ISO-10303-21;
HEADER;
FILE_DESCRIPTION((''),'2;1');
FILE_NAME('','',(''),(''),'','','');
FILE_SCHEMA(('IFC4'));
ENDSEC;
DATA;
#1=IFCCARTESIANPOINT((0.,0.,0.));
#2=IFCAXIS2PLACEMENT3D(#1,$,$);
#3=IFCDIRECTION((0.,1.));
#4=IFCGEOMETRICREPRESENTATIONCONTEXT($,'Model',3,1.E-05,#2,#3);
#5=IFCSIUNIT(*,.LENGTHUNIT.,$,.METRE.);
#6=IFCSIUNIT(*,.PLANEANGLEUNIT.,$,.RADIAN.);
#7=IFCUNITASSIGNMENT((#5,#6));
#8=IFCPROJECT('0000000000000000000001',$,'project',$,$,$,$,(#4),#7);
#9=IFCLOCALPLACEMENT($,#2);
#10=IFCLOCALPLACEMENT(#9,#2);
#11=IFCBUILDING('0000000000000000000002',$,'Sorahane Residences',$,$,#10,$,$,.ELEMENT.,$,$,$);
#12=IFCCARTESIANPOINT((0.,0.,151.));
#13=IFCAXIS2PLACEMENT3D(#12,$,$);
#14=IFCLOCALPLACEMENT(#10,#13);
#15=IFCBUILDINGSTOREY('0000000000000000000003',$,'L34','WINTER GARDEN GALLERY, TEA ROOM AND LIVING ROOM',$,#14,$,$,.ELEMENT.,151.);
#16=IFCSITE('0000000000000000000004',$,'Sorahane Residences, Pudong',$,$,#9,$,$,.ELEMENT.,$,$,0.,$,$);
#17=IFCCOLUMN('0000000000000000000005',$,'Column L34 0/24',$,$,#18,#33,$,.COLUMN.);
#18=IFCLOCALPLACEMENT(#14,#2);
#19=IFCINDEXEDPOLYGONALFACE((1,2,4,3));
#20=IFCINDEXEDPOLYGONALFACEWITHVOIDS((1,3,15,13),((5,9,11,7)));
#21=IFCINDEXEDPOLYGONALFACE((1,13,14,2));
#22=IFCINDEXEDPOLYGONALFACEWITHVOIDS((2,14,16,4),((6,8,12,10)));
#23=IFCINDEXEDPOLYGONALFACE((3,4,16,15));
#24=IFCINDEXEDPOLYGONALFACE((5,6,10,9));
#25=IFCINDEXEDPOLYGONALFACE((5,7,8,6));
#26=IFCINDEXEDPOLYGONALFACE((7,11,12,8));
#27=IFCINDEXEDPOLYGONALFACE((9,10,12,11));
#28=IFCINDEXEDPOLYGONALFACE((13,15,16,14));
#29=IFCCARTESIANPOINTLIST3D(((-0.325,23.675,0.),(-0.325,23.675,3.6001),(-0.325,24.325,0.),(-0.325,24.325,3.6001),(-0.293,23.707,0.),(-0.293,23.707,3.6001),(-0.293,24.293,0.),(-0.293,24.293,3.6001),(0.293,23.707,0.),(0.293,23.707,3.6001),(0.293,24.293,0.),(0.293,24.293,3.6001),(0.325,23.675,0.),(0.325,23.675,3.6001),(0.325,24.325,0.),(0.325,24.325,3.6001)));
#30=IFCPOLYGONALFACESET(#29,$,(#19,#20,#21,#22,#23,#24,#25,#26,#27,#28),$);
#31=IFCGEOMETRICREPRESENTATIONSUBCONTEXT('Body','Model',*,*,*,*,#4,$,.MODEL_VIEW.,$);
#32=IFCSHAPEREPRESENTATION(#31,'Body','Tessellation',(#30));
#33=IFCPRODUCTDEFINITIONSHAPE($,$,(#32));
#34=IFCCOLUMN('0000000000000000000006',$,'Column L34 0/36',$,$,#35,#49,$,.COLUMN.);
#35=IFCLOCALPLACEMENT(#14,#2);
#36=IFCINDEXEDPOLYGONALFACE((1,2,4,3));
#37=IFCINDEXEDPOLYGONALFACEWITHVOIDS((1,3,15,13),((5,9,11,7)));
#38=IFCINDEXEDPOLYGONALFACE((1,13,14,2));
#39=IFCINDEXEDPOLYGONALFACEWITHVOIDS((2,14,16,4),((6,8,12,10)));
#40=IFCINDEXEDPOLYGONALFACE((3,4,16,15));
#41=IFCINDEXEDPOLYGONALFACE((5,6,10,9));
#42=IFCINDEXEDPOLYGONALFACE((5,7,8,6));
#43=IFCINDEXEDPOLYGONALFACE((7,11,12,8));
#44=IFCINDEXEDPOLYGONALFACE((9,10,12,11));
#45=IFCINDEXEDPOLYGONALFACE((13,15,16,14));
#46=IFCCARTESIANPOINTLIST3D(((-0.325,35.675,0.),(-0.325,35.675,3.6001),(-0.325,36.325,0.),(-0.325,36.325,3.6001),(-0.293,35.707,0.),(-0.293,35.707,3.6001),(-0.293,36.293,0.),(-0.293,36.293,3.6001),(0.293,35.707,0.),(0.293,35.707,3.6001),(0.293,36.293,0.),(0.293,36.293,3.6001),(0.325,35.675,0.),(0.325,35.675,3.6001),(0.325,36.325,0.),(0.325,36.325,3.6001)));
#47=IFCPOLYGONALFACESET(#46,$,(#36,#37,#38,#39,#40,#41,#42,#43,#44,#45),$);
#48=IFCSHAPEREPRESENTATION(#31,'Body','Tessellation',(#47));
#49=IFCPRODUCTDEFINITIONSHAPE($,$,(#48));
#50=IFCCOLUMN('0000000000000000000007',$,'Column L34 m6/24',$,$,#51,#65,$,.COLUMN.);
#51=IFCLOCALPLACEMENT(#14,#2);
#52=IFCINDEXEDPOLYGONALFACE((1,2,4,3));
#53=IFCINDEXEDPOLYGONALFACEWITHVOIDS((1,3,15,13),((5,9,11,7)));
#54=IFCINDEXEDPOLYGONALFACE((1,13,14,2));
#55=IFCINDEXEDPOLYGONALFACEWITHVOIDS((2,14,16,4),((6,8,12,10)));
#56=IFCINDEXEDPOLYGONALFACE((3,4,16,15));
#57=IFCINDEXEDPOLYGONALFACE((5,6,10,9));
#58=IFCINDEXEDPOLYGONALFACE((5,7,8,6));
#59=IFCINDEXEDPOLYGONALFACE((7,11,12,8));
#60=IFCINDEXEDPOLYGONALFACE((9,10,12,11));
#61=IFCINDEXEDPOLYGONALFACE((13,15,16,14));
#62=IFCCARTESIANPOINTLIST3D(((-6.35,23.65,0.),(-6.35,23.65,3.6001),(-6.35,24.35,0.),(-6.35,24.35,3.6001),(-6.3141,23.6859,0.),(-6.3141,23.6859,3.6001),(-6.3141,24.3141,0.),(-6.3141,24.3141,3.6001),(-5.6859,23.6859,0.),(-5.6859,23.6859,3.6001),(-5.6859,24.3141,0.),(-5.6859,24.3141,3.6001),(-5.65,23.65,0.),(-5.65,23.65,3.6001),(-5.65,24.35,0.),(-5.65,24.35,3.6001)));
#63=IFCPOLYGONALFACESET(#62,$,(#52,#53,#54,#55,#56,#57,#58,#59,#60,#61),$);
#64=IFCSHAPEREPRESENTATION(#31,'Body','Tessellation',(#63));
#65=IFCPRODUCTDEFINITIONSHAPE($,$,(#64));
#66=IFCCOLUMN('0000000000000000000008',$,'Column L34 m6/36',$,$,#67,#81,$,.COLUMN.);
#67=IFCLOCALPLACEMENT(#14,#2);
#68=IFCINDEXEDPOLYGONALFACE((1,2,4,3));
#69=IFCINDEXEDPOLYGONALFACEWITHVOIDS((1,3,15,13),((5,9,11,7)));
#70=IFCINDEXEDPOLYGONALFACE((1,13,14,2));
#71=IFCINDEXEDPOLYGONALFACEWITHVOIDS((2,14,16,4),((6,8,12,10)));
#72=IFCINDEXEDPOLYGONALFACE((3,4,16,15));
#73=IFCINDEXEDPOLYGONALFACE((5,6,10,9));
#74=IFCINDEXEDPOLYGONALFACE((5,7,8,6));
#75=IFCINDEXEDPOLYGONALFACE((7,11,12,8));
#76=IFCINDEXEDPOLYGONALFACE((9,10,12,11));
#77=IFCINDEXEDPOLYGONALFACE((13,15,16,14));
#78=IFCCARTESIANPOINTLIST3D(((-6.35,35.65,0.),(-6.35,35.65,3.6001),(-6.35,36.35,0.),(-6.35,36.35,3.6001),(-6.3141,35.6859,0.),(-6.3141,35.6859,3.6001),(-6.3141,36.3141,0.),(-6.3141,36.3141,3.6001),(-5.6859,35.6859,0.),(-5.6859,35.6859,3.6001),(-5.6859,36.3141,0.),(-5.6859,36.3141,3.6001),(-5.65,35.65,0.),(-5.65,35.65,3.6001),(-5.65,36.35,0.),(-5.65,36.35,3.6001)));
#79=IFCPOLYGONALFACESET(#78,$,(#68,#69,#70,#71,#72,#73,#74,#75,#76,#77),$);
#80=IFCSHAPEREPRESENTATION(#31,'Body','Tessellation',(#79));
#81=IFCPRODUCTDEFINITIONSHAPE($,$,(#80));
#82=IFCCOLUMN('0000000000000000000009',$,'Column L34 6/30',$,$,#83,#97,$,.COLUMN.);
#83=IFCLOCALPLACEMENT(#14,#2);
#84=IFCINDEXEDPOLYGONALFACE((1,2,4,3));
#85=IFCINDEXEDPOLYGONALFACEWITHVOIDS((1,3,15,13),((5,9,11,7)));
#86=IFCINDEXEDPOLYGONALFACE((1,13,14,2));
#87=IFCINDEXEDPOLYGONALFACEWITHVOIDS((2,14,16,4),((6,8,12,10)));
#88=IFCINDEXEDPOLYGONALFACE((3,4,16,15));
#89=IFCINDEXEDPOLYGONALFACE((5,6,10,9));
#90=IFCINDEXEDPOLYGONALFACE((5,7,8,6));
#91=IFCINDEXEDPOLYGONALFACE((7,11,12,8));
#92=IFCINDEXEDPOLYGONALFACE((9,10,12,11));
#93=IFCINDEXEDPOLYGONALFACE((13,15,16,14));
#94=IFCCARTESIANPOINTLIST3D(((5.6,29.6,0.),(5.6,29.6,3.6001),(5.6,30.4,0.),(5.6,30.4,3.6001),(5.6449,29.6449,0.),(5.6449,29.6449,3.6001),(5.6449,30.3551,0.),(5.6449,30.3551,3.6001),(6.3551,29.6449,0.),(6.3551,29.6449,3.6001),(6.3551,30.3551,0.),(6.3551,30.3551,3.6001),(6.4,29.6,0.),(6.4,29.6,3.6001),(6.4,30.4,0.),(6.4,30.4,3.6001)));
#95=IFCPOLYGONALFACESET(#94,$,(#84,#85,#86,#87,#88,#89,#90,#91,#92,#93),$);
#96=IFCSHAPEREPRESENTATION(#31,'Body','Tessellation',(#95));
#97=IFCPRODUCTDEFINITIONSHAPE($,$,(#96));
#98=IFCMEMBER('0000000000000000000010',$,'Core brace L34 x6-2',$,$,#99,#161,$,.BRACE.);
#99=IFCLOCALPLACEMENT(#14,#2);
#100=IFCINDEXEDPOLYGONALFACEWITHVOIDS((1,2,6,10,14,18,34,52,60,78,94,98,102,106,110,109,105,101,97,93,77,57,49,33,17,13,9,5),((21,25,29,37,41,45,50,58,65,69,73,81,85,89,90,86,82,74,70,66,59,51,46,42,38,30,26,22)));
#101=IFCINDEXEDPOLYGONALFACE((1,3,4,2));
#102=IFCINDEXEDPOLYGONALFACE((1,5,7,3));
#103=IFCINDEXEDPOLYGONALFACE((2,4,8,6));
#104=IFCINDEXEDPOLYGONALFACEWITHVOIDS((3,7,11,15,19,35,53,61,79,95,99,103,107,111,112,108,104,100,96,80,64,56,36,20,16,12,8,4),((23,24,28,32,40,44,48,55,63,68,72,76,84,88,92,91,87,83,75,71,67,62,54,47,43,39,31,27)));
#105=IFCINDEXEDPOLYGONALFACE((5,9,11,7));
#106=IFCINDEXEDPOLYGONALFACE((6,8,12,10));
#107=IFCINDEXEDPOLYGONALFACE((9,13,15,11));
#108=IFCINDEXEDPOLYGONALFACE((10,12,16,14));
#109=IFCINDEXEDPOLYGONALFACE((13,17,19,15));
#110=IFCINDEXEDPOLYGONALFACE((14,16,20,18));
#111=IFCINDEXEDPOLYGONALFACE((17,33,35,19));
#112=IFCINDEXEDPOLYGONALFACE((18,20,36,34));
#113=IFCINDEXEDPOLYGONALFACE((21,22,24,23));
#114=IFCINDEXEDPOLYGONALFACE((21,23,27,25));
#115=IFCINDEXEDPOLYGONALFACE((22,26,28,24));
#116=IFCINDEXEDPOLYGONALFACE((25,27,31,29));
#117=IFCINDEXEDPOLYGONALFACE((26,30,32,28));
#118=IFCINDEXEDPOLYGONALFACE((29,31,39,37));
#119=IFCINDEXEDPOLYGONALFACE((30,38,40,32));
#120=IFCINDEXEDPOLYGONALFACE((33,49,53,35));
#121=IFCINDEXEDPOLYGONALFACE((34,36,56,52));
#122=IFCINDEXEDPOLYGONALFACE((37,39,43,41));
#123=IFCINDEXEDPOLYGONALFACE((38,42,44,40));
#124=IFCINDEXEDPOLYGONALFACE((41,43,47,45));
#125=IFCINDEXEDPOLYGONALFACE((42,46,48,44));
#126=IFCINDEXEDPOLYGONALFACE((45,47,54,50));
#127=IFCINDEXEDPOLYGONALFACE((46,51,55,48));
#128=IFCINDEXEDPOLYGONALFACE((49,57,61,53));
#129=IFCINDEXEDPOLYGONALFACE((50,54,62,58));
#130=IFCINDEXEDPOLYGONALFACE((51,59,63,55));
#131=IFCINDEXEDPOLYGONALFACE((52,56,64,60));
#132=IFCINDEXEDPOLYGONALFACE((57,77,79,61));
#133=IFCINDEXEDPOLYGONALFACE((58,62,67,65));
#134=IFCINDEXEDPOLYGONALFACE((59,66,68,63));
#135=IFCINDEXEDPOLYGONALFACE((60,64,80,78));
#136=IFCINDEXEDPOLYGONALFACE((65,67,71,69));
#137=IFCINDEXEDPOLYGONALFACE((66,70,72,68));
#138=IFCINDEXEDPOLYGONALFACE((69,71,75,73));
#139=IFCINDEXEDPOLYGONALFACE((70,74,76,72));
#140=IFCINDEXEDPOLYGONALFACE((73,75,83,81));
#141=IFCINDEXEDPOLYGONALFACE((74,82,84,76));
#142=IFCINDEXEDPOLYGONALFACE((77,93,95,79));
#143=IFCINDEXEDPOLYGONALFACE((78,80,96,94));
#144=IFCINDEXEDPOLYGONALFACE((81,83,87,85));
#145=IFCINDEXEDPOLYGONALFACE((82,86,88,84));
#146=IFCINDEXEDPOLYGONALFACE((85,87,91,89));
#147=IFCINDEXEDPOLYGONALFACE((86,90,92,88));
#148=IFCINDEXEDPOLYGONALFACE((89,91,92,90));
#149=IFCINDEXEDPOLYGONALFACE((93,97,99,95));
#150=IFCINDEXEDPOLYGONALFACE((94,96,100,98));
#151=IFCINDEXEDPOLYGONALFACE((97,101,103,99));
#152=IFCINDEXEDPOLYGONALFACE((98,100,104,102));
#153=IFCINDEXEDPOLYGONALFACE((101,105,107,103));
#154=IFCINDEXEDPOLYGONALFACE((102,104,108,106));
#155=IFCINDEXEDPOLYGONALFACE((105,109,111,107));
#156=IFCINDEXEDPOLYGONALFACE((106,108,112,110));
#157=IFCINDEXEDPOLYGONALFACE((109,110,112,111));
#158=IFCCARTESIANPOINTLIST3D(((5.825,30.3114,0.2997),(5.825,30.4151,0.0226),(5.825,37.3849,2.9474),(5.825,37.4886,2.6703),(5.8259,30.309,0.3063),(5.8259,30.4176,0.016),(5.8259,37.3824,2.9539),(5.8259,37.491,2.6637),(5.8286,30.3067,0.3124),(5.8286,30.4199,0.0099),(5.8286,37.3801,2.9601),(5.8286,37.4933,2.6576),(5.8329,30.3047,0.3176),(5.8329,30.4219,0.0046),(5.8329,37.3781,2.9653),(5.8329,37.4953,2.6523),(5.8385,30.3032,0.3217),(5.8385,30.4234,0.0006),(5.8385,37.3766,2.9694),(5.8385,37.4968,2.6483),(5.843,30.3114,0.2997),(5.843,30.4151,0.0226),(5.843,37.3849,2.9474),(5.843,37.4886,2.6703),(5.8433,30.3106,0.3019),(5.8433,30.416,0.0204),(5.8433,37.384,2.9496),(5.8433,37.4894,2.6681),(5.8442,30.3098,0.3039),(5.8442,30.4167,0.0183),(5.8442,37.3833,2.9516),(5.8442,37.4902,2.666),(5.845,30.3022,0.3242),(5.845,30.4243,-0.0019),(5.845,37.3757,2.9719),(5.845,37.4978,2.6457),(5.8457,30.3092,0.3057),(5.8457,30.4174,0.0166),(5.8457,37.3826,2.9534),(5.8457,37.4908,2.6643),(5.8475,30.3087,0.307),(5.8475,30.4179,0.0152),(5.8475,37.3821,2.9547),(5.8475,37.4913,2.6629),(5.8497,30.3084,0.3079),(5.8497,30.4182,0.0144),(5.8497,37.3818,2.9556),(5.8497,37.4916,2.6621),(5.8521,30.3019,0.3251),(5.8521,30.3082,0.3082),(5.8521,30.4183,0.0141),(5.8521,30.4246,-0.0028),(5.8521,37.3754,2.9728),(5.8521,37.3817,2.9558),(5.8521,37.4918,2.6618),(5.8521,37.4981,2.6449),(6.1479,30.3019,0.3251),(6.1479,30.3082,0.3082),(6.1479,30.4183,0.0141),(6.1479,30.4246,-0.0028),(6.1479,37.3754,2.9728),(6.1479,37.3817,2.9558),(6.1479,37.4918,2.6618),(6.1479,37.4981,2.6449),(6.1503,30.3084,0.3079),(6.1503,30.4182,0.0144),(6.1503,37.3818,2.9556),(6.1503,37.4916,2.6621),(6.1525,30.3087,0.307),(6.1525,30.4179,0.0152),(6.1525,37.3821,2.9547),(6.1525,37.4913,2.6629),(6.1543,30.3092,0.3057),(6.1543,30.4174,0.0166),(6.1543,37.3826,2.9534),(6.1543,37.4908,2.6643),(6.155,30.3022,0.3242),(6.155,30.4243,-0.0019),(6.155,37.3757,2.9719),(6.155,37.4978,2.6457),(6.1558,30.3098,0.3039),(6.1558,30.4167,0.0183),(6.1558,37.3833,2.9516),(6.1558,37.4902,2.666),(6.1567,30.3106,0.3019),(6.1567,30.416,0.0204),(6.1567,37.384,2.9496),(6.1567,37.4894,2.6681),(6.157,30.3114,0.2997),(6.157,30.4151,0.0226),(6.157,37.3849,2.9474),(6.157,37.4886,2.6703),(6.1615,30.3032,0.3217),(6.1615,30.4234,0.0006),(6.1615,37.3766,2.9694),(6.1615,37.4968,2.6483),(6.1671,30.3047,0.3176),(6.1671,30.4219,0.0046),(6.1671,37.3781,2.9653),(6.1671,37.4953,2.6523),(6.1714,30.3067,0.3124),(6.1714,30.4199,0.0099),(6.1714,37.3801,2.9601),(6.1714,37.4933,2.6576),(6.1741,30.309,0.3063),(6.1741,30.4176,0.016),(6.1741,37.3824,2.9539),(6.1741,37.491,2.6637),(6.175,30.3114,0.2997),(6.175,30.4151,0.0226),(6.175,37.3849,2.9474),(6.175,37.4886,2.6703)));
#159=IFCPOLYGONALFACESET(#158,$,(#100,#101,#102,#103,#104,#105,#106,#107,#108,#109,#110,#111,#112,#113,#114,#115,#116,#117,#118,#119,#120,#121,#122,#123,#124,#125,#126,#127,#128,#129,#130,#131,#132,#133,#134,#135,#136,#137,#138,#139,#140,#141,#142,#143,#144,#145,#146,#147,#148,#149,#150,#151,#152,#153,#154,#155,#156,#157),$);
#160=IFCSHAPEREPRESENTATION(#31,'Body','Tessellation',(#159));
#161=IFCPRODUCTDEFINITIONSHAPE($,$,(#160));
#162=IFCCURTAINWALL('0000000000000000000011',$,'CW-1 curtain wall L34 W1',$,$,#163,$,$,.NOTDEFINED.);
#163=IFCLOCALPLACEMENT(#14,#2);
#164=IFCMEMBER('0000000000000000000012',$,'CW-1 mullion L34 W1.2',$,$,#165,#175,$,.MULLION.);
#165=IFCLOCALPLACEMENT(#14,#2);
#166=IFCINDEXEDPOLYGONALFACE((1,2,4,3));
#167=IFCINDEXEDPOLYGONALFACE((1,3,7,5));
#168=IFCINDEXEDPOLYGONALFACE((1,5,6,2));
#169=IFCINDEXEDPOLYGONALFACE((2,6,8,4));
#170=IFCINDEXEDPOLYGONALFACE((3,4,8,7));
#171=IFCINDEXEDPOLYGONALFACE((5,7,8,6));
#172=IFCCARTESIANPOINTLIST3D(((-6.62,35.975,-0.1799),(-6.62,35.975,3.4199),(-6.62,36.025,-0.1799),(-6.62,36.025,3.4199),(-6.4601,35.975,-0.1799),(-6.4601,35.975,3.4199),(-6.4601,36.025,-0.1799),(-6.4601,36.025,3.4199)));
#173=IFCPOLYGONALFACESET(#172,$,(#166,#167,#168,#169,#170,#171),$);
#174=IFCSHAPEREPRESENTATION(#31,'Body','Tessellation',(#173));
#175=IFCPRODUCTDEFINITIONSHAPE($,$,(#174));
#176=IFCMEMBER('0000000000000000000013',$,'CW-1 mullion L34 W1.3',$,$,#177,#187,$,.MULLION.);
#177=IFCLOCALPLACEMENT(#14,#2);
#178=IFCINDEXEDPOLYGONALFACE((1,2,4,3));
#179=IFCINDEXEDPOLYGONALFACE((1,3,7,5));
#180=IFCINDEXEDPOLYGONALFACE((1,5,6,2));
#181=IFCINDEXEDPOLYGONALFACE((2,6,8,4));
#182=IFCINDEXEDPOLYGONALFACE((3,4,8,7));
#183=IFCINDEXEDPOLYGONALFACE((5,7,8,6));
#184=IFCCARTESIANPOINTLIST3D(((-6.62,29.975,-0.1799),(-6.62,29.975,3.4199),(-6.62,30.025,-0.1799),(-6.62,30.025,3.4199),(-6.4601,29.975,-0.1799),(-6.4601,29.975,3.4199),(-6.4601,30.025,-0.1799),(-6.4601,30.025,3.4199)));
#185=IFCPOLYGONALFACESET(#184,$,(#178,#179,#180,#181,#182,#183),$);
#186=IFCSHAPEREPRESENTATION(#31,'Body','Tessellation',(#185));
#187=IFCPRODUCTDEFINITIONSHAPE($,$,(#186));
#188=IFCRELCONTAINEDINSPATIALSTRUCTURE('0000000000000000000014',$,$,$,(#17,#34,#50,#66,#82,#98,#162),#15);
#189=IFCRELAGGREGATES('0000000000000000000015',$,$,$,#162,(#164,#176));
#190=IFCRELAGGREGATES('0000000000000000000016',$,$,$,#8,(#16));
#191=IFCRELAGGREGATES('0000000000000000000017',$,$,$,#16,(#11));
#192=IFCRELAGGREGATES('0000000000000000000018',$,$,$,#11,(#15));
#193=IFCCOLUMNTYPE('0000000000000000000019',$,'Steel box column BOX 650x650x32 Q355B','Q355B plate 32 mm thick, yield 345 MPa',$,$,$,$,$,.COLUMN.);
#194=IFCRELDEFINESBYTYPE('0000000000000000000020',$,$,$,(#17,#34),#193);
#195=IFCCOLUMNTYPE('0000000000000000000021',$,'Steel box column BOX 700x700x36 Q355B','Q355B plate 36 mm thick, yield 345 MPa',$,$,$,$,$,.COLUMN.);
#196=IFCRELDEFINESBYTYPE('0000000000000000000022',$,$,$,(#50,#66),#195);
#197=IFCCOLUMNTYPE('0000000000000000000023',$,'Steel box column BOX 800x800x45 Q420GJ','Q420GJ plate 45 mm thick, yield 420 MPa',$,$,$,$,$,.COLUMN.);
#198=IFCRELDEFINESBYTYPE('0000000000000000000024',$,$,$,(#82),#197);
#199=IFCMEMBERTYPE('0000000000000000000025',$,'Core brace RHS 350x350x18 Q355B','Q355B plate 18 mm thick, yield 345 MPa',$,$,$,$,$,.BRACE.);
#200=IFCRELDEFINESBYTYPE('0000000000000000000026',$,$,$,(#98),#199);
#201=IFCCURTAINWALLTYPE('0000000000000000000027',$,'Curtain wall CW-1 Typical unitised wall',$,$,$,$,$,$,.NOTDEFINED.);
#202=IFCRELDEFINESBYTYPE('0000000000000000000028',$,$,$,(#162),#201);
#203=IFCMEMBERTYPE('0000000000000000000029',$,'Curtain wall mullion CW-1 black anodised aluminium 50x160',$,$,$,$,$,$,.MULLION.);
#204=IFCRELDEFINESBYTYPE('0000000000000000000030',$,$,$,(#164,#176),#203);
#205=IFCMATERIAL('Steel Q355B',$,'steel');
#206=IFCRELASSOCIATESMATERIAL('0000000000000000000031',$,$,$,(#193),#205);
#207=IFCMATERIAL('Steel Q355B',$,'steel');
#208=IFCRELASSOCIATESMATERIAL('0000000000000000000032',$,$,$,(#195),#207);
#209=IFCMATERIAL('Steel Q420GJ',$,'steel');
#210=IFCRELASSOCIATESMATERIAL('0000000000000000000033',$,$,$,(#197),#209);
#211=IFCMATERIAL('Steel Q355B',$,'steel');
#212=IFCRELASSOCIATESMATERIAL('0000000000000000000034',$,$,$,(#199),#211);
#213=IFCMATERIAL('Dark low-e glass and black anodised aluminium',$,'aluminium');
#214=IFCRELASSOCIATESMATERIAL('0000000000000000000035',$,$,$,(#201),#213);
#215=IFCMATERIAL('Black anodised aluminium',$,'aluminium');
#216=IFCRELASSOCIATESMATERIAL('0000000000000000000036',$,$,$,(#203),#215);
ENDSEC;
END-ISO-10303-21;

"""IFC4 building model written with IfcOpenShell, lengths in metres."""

from ifc_helpers import new_model, si_unit, direction, frame, origin, origin_2d, place, context, subcontext, project, spatial, rectangle, hollow_rectangle, extrude, material, material_profile, profile_set, type_object, element, aggregate, save


model = new_model("IFC4")

# Units and contexts
model_context = context("Model", 3, precision=1e-05, world=origin(), true_north=direction((0.0, 1.0)))
body_context = subcontext(model_context, "Body", "Model", "MODEL_VIEW")
ifc_project = project(units=[si_unit("LENGTHUNIT", "METRE"), si_unit("PLANEANGLEUNIT", "RADIAN")], contexts=[model_context])

# Site, building, storey
site_placement = place(None, origin())
site = spatial("IfcSite", under=ifc_project, at=site_placement, Name="Sorahane Residences, Pudong", CompositionType="ELEMENT", RefElevation=0.0)
building_placement = place(site_placement, origin())
building = spatial("IfcBuilding", under=site, at=building_placement, Name="Sorahane Residences", CompositionType="ELEMENT")
storey_placement = place(building_placement, frame((0.0, 0.0, 151.0)))
storey = spatial("IfcBuildingStorey", under=building, at=storey_placement, Name="L34", Description="WINTER GARDEN GALLERY, TEA ROOM AND LIVING ROOM", CompositionType="ELEMENT", Elevation=151.0)

# Columns
ifc_material_1 = material(Name="Steel Q355B", Category="steel")
ifc_material_profile_1 = material_profile(ifc_material_1, hollow_rectangle(XDim=0.6499, YDim=0.6499, WallThickness=0.032, at=origin_2d()), Name="BOX 650x650x32")
ifc_profile_set_1 = profile_set([ifc_material_profile_1], Name="Steel Q355B")
column_type_1 = type_object("IfcColumnType", Name="Steel box column BOX 650x650x32 Q355B", Description="Q355B plate 32 mm thick, yield 345 MPa", PredefinedType="COLUMN", material=ifc_profile_set_1)
for number, where, z_axis, x_axis, name in (
    (1, (0.0, 24.0, 0.0), (0.0, 0.0, 1.0), (1.0, 0.0, 0.0), "Column L34 0/24"),
    (2, (0.0, 36.0, 0.0), (0.0, 0.0, 1.0), (1.0, 0.0, 0.0), "Column L34 0/36"),
):
    element("IfcColumn", number, at=place(storey_placement, frame(where, z_axis=z_axis, x_axis=x_axis)), inside=storey, type_object=column_type_1, Name=name, PredefinedType="COLUMN", context=body_context, shape_type="SweptSolid", body=[
        extrude(hollow_rectangle(XDim=0.6499, YDim=0.6499, WallThickness=0.032, at=origin_2d()), origin(), (0.0, 0.0, 1.0), 3.6001),
    ])
ifc_material_2 = material(Name="Steel Q355B", Category="steel")
ifc_material_profile_2 = material_profile(ifc_material_2, hollow_rectangle(XDim=0.7, YDim=0.7, WallThickness=0.0359, at=origin_2d()), Name="BOX 700x700x36")
ifc_profile_set_2 = profile_set([ifc_material_profile_2], Name="Steel Q355B")
column_type_2 = type_object("IfcColumnType", Name="Steel box column BOX 700x700x36 Q355B", Description="Q355B plate 36 mm thick, yield 345 MPa", PredefinedType="COLUMN", material=ifc_profile_set_2)
for number, where, z_axis, x_axis, name in (
    (3, (-6.0, 24.0, 0.0), (0.0, 0.0, 1.0), (1.0, 0.0, 0.0), "Column L34 m6/24"),
    (4, (-6.0, 36.0, 0.0), (0.0, 0.0, 1.0), (1.0, 0.0, 0.0), "Column L34 m6/36"),
):
    element("IfcColumn", number, at=place(storey_placement, frame(where, z_axis=z_axis, x_axis=x_axis)), inside=storey, type_object=column_type_2, Name=name, PredefinedType="COLUMN", context=body_context, shape_type="SweptSolid", body=[
        extrude(hollow_rectangle(XDim=0.7, YDim=0.7, WallThickness=0.0359, at=origin_2d()), origin(), (0.0, 0.0, 1.0), 3.6001),
    ])
ifc_material_3 = material(Name="Steel Q420GJ", Category="steel")
ifc_material_profile_3 = material_profile(ifc_material_3, hollow_rectangle(XDim=0.8, YDim=0.8, WallThickness=0.0449, at=origin_2d()), Name="BOX 800x800x45")
ifc_profile_set_3 = profile_set([ifc_material_profile_3], Name="Steel Q420GJ")
column_type_3 = type_object("IfcColumnType", Name="Steel box column BOX 800x800x45 Q420GJ", Description="Q420GJ plate 45 mm thick, yield 420 MPa", PredefinedType="COLUMN", material=ifc_profile_set_3)
column_placement = place(storey_placement, frame((6.0, 30.0, 0.0), z_axis=(0.0, 0.0, 1.0), x_axis=(1.0, 0.0, 0.0)))
element("IfcColumn", 5, at=column_placement, inside=storey, type_object=column_type_3, Name="Column L34 6/30", PredefinedType="COLUMN", context=body_context, shape_type="SweptSolid", body=[
    extrude(hollow_rectangle(XDim=0.8, YDim=0.8, WallThickness=0.0449, at=origin_2d()), origin(), (0.0, 0.0, 1.0), 3.6001),
])

# Member
ifc_material_4 = material(Name="Steel Q355B", Category="steel")
ifc_material_profile_4 = material_profile(ifc_material_4, hollow_rectangle(XDim=0.3501, YDim=0.3501, WallThickness=0.0181, InnerFilletRadius=0.009, OuterFilletRadius=0.0271, at=origin_2d()), Name="RHS 350x350x18")
ifc_profile_set_4 = profile_set([ifc_material_profile_4], Name="Steel Q355B")
member_type_1 = type_object("IfcMemberType", Name="Core brace RHS 350x350x18 Q355B", Description="Q355B plate 18 mm thick, yield 345 MPa", PredefinedType="BRACE", material=ifc_profile_set_4)
member_1_placement = place(storey_placement, frame((6.0, 30.3633, 0.1611), z_axis=(0.0, 0.93654, 0.35056), x_axis=(-1.0, 0.0, 0.0)))
element("IfcMember", 6, at=member_1_placement, inside=storey, type_object=member_type_1, Name="Core brace L34 x6-2", PredefinedType="BRACE", context=body_context, shape_type="SweptSolid", body=[
    extrude(hollow_rectangle(XDim=0.3501, YDim=0.3501, WallThickness=0.0181, InnerFilletRadius=0.009, OuterFilletRadius=0.0271, at=origin_2d()), origin(), (0.0, 0.0, 1.0), 7.5527),
])

# Curtain wall, members
ifc_material_5 = material(Name="Dark low-e glass and black anodised aluminium", Category="aluminium")
curtain_wall_type = type_object("IfcCurtainWallType", Name="Curtain wall CW-1 Typical unitised wall", PredefinedType="NOTDEFINED", material=ifc_material_5)
curtain_wall_placement = place(storey_placement, origin())
curtain_wall = element("IfcCurtainWall", 7, at=curtain_wall_placement, inside=storey, type_object=curtain_wall_type, Name="CW-1 curtain wall L34 W1", PredefinedType="NOTDEFINED")
ifc_material_6 = material(Name="Black anodised aluminium", Category="aluminium")
ifc_material_profile_5 = material_profile(ifc_material_6, rectangle(XDim=0.1599, YDim=0.05, at=origin_2d()), Name="Curtain wall mullion CW-1 black anodised aluminium 50x160")
ifc_profile_set_5 = profile_set([ifc_material_profile_5], Name="Black anodised aluminium")
member_type_2 = type_object("IfcMemberType", Name="Curtain wall mullion CW-1 black anodised aluminium 50x160", PredefinedType="MULLION", material=ifc_profile_set_5)
member_2_placement = place(storey_placement, frame((-6.54, 36.0, -0.1799), z_axis=(0.0, 0.0, 1.0), x_axis=(-1.0, 0.0, 0.0)))
member_2 = element("IfcMember", 8, at=member_2_placement, type_object=member_type_2, Name="CW-1 mullion L34 W1.2", PredefinedType="MULLION", context=body_context, shape_type="SweptSolid", body=[
    extrude(rectangle(XDim=0.1599, YDim=0.05, at=origin_2d()), origin(), (0.0, 0.0, 1.0), 3.5999),
])
member_3_placement = place(storey_placement, frame((-6.54, 30.0, -0.1799), z_axis=(0.0, 0.0, 1.0), x_axis=(-1.0, 0.0, 0.0)))
member_3 = element("IfcMember", 9, at=member_3_placement, type_object=member_type_2, Name="CW-1 mullion L34 W1.3", PredefinedType="MULLION", context=body_context, shape_type="SweptSolid", body=[
    extrude(rectangle(XDim=0.1599, YDim=0.05, at=origin_2d()), origin(), (0.0, 0.0, 1.0), 3.5999),
])

aggregate(curtain_wall, [member_2, member_3])

save(model, "model.ifc")
